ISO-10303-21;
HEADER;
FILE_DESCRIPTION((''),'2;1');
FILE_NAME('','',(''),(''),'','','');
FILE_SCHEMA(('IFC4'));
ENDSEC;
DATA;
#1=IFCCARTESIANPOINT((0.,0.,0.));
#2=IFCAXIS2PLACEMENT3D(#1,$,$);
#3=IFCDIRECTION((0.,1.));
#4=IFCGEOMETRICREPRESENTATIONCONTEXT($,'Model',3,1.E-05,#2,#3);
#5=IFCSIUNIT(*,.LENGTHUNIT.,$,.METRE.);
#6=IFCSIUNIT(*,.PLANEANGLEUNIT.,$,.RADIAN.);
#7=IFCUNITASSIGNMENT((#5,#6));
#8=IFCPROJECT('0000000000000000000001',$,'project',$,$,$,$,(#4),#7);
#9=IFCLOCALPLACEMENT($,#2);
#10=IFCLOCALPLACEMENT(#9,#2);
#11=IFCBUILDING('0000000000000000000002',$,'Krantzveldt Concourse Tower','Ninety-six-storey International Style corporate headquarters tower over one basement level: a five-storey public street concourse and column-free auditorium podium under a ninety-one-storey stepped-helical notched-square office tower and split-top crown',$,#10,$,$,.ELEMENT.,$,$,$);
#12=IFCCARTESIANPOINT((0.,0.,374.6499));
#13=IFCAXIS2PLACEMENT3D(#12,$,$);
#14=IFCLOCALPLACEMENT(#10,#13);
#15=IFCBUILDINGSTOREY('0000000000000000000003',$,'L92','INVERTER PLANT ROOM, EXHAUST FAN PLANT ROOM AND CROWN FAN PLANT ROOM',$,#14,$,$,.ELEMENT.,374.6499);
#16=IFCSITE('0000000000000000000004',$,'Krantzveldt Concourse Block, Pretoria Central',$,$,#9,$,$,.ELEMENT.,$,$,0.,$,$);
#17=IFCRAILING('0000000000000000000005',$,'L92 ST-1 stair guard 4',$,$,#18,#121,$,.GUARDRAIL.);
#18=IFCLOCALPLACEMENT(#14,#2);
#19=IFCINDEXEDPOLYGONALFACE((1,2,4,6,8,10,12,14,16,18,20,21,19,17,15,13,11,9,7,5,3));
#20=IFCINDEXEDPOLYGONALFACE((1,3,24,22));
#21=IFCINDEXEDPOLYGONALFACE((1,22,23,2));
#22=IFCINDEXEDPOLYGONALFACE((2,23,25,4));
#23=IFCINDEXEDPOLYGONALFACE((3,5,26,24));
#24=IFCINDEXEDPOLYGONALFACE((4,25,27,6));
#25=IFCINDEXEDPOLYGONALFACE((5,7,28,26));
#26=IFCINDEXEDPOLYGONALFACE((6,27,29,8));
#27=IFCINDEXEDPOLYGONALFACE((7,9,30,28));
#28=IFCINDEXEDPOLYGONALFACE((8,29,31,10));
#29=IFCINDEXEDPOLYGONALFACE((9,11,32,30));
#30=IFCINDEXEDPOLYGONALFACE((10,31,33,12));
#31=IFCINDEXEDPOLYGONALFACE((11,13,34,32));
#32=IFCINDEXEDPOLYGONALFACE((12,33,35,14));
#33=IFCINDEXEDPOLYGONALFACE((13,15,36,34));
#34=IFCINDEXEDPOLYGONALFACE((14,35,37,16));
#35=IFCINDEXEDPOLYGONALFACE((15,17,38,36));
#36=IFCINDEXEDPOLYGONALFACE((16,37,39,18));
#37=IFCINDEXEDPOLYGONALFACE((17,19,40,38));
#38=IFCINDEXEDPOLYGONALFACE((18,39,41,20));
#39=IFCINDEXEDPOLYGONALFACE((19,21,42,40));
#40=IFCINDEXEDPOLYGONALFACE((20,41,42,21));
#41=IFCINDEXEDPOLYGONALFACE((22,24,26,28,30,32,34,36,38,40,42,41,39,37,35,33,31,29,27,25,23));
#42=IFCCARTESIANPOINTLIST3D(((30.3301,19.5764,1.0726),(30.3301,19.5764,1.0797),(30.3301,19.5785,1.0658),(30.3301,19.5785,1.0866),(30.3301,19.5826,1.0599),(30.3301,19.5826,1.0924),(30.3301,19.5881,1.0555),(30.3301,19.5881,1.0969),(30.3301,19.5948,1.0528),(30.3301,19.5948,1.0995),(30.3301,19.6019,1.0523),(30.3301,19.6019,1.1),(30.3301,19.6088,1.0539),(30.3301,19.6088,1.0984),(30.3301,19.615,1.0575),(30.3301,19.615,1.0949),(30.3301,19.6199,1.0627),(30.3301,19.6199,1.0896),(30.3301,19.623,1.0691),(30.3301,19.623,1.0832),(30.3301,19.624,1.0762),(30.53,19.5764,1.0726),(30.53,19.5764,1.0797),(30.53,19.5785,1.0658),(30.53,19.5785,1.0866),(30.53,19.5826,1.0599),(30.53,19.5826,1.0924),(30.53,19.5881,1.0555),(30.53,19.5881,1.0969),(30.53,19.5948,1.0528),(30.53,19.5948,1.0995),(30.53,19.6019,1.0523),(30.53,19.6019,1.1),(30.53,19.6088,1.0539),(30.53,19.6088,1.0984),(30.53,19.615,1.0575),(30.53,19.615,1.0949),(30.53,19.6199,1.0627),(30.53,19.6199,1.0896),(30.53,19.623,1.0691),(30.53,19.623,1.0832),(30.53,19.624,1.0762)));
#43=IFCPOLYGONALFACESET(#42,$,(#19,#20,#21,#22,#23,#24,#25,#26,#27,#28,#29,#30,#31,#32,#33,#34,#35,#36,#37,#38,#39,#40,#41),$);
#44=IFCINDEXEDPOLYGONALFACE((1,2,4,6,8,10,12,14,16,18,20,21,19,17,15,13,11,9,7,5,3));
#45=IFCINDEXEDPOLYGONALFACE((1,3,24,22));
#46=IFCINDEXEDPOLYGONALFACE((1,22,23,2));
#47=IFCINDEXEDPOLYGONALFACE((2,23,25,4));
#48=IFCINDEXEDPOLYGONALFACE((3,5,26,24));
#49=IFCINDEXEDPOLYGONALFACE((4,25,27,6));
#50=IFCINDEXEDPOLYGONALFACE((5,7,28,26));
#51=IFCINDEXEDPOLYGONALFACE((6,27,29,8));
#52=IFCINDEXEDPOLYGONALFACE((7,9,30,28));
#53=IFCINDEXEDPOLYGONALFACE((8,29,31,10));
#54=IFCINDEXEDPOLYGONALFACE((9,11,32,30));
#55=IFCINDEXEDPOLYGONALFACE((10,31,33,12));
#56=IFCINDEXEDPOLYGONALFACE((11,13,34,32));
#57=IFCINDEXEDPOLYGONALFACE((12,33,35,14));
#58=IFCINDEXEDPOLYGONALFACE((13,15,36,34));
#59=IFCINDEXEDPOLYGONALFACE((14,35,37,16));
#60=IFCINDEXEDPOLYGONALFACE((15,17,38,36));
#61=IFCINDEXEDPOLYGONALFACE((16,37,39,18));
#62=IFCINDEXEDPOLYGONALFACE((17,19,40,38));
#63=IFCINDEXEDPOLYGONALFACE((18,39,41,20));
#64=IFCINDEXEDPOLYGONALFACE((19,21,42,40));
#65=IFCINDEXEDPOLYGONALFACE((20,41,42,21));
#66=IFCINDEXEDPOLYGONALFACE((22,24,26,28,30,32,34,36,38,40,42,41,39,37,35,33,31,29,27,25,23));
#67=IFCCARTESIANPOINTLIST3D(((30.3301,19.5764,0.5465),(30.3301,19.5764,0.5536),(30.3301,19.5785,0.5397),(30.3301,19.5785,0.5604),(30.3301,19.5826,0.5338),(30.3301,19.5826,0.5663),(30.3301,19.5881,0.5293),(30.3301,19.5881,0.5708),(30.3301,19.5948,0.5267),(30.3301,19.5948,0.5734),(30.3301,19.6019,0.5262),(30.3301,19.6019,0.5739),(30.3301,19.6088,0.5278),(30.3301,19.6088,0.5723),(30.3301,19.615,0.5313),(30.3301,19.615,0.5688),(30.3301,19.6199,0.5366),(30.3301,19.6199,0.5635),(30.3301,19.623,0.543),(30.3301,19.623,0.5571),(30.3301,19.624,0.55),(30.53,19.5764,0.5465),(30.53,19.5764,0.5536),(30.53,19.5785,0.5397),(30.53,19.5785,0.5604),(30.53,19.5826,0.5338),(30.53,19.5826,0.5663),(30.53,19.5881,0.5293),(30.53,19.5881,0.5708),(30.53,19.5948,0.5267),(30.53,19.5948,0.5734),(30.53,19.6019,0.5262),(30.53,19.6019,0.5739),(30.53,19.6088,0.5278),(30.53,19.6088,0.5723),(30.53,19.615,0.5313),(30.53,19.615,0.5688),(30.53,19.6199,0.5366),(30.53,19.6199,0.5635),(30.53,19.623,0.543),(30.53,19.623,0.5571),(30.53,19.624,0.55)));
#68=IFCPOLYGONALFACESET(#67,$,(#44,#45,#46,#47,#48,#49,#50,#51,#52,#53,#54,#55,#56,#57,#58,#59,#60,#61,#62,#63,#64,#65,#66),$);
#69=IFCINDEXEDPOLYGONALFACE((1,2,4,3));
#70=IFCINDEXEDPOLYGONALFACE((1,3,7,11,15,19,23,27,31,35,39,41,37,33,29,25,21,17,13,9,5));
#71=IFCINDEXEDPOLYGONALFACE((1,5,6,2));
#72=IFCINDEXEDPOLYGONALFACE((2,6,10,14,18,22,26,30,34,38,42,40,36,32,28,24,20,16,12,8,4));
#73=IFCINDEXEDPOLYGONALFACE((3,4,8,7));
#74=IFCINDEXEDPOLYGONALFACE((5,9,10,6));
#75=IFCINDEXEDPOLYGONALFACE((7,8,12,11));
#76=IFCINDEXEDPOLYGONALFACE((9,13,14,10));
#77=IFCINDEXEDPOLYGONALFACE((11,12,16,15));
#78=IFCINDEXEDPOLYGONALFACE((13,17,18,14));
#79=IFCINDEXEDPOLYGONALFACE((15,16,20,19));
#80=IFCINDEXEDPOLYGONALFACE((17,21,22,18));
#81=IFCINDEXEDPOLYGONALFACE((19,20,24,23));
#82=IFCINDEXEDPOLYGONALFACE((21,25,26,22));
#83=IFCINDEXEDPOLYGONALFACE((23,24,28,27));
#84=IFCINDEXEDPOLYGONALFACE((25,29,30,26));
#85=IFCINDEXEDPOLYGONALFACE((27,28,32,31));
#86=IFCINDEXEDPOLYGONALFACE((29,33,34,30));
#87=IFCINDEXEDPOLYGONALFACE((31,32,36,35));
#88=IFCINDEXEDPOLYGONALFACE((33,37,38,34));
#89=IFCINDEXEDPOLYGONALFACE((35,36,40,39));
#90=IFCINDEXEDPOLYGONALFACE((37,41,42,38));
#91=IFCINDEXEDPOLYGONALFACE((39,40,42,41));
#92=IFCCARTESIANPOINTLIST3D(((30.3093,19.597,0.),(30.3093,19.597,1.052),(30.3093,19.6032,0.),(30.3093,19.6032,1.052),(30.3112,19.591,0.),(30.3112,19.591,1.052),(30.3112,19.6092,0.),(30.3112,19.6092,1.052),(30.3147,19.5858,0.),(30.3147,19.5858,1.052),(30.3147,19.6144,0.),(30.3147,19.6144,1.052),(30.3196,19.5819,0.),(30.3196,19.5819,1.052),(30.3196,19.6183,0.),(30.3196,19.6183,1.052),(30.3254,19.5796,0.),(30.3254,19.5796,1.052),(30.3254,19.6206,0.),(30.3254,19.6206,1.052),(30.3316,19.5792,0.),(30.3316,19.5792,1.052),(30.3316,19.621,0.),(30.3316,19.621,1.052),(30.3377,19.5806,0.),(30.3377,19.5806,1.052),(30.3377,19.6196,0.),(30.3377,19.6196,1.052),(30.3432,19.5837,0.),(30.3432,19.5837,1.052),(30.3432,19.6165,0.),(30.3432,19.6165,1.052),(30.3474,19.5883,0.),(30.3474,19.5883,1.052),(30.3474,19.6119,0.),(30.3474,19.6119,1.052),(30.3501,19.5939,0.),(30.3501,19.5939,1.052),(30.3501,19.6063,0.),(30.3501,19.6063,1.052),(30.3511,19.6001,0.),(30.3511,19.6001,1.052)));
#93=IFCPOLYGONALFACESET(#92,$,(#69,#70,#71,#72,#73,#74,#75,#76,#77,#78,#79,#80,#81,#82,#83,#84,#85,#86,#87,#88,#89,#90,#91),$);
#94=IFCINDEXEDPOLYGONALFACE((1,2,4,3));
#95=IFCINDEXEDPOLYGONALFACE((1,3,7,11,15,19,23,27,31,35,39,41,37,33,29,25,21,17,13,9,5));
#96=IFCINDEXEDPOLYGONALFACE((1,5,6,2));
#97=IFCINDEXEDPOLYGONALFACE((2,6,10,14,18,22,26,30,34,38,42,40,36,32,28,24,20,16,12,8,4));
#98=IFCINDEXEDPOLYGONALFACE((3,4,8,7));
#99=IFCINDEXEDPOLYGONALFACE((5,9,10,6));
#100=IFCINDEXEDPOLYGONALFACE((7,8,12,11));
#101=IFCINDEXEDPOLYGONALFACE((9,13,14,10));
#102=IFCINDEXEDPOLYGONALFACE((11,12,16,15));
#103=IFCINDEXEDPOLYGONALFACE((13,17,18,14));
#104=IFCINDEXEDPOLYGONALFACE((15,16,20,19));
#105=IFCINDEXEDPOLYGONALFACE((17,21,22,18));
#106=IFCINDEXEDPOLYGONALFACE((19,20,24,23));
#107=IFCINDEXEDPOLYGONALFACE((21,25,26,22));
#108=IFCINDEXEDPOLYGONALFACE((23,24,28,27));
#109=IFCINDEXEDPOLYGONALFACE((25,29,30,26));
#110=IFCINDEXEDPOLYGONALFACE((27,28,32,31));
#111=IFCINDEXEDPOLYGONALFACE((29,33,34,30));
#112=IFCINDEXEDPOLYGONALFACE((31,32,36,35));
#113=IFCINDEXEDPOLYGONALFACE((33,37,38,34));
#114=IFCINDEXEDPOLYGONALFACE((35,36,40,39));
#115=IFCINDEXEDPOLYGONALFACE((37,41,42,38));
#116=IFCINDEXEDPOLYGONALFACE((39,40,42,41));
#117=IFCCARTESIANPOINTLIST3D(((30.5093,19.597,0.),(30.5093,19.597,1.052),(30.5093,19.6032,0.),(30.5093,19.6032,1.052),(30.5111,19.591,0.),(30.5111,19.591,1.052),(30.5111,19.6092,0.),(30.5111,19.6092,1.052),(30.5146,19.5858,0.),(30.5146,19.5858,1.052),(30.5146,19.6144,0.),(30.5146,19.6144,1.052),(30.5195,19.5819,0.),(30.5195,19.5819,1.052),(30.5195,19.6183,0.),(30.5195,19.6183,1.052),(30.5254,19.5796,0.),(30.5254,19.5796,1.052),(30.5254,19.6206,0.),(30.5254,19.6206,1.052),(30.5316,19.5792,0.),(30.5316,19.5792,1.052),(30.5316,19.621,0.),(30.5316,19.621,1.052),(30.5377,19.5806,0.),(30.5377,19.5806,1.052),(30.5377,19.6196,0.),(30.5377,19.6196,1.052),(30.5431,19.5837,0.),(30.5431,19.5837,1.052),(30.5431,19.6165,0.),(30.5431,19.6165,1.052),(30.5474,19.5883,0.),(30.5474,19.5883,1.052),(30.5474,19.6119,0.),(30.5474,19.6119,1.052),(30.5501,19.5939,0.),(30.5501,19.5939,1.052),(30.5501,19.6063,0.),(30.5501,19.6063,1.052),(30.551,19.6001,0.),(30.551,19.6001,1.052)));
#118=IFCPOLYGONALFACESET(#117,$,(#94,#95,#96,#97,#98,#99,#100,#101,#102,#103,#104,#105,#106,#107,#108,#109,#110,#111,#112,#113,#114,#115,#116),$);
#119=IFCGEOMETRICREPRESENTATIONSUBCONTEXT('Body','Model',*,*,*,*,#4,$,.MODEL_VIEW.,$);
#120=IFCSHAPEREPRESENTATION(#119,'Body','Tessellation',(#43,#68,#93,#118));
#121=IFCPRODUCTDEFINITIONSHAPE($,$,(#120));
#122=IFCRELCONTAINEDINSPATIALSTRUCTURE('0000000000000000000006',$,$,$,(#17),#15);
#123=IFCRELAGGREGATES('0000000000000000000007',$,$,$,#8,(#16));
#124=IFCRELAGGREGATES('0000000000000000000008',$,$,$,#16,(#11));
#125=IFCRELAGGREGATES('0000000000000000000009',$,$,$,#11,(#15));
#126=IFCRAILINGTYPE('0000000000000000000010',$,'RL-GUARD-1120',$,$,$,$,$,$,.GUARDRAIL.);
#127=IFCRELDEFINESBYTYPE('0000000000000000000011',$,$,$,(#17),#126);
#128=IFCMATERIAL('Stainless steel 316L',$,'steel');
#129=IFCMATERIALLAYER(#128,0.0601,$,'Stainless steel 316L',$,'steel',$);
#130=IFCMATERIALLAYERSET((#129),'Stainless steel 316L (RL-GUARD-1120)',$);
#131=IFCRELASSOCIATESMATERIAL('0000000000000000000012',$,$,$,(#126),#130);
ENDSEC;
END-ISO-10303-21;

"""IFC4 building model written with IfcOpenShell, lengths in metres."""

from ifc_helpers import new_model, si_unit, direction, frame, origin, origin_2d, place, context, subcontext, project, spatial, circle, extrude, material, layer, layer_set, type_object, element, save


model = new_model("IFC4")

# Units and contexts
model_context = context("Model", 3, precision=1e-05, world=origin(), true_north=direction((0.0, 1.0)))
body_context = subcontext(model_context, "Body", "Model", "MODEL_VIEW")
ifc_project = project(units=[si_unit("LENGTHUNIT", "METRE"), si_unit("PLANEANGLEUNIT", "RADIAN")], contexts=[model_context])

# Site, building, storey
site_placement = place(None, origin())
site = spatial("IfcSite", under=ifc_project, at=site_placement, Name="Krantzveldt Concourse Block, Pretoria Central", CompositionType="ELEMENT", RefElevation=0.0)
building_placement = place(site_placement, origin())
building = spatial("IfcBuilding", under=site, at=building_placement, Name="Krantzveldt Concourse Tower", Description="Ninety-six-storey International Style corporate headquarters tower over one basement level: a five-storey public street concourse and column-free auditorium podium under a ninety-one-storey stepped-helical notched-square office tower and split-top crown", CompositionType="ELEMENT")
storey_placement = place(building_placement, frame((0.0, 0.0, 374.6499)))
storey = spatial("IfcBuildingStorey", under=building, at=storey_placement, Name="L92", Description="INVERTER PLANT ROOM, EXHAUST FAN PLANT ROOM AND CROWN FAN PLANT ROOM", CompositionType="ELEMENT", Elevation=374.6499)

# Shared definitions
ifc_material_1 = material(Name="Stainless steel 316L", Category="steel")

# Railing
ifc_layer_1 = layer(ifc_material_1, 0.0601, Name="Stainless steel 316L", Category="steel")
ifc_layer_set_1 = layer_set([ifc_layer_1], Name="Stainless steel 316L (RL-GUARD-1120)")
railing_type_1 = type_object("IfcRailingType", Name="RL-GUARD-1120", PredefinedType="GUARDRAIL", material=ifc_layer_set_1)
railing_1_placement = place(storey_placement, frame((30.3301, 19.6001, 0.0)))
element("IfcRailing", 1, at=railing_1_placement, inside=storey, type_object=railing_type_1, Name="L92 ST-1 stair guard 4", PredefinedType="GUARDRAIL", context=body_context, shape_type="SweptSolid", body=[
    extrude(circle(Radius=0.0239, at=origin_2d()), frame((0.0, 0.0, 1.0762), z_axis=(1.0, 0.0, 0.0), x_axis=(0.0, 1.0, 0.0)), (0.0, 0.0, 1.0), 0.2),
    extrude(circle(Radius=0.0239, at=origin_2d()), frame((0.0, 0.0, 0.55), z_axis=(1.0, 0.0, 0.0), x_axis=(0.0, 1.0, 0.0)), (0.0, 0.0, 1.0), 0.2),
    extrude(circle(Radius=0.021, at=origin_2d()), origin(), (0.0, 0.0, 1.0), 1.052),
    extrude(circle(Radius=0.021, at=origin_2d()), frame((0.2, 0.0, 0.0)), (0.0, 0.0, 1.0), 1.052),
])

save(model, "model.ifc")
